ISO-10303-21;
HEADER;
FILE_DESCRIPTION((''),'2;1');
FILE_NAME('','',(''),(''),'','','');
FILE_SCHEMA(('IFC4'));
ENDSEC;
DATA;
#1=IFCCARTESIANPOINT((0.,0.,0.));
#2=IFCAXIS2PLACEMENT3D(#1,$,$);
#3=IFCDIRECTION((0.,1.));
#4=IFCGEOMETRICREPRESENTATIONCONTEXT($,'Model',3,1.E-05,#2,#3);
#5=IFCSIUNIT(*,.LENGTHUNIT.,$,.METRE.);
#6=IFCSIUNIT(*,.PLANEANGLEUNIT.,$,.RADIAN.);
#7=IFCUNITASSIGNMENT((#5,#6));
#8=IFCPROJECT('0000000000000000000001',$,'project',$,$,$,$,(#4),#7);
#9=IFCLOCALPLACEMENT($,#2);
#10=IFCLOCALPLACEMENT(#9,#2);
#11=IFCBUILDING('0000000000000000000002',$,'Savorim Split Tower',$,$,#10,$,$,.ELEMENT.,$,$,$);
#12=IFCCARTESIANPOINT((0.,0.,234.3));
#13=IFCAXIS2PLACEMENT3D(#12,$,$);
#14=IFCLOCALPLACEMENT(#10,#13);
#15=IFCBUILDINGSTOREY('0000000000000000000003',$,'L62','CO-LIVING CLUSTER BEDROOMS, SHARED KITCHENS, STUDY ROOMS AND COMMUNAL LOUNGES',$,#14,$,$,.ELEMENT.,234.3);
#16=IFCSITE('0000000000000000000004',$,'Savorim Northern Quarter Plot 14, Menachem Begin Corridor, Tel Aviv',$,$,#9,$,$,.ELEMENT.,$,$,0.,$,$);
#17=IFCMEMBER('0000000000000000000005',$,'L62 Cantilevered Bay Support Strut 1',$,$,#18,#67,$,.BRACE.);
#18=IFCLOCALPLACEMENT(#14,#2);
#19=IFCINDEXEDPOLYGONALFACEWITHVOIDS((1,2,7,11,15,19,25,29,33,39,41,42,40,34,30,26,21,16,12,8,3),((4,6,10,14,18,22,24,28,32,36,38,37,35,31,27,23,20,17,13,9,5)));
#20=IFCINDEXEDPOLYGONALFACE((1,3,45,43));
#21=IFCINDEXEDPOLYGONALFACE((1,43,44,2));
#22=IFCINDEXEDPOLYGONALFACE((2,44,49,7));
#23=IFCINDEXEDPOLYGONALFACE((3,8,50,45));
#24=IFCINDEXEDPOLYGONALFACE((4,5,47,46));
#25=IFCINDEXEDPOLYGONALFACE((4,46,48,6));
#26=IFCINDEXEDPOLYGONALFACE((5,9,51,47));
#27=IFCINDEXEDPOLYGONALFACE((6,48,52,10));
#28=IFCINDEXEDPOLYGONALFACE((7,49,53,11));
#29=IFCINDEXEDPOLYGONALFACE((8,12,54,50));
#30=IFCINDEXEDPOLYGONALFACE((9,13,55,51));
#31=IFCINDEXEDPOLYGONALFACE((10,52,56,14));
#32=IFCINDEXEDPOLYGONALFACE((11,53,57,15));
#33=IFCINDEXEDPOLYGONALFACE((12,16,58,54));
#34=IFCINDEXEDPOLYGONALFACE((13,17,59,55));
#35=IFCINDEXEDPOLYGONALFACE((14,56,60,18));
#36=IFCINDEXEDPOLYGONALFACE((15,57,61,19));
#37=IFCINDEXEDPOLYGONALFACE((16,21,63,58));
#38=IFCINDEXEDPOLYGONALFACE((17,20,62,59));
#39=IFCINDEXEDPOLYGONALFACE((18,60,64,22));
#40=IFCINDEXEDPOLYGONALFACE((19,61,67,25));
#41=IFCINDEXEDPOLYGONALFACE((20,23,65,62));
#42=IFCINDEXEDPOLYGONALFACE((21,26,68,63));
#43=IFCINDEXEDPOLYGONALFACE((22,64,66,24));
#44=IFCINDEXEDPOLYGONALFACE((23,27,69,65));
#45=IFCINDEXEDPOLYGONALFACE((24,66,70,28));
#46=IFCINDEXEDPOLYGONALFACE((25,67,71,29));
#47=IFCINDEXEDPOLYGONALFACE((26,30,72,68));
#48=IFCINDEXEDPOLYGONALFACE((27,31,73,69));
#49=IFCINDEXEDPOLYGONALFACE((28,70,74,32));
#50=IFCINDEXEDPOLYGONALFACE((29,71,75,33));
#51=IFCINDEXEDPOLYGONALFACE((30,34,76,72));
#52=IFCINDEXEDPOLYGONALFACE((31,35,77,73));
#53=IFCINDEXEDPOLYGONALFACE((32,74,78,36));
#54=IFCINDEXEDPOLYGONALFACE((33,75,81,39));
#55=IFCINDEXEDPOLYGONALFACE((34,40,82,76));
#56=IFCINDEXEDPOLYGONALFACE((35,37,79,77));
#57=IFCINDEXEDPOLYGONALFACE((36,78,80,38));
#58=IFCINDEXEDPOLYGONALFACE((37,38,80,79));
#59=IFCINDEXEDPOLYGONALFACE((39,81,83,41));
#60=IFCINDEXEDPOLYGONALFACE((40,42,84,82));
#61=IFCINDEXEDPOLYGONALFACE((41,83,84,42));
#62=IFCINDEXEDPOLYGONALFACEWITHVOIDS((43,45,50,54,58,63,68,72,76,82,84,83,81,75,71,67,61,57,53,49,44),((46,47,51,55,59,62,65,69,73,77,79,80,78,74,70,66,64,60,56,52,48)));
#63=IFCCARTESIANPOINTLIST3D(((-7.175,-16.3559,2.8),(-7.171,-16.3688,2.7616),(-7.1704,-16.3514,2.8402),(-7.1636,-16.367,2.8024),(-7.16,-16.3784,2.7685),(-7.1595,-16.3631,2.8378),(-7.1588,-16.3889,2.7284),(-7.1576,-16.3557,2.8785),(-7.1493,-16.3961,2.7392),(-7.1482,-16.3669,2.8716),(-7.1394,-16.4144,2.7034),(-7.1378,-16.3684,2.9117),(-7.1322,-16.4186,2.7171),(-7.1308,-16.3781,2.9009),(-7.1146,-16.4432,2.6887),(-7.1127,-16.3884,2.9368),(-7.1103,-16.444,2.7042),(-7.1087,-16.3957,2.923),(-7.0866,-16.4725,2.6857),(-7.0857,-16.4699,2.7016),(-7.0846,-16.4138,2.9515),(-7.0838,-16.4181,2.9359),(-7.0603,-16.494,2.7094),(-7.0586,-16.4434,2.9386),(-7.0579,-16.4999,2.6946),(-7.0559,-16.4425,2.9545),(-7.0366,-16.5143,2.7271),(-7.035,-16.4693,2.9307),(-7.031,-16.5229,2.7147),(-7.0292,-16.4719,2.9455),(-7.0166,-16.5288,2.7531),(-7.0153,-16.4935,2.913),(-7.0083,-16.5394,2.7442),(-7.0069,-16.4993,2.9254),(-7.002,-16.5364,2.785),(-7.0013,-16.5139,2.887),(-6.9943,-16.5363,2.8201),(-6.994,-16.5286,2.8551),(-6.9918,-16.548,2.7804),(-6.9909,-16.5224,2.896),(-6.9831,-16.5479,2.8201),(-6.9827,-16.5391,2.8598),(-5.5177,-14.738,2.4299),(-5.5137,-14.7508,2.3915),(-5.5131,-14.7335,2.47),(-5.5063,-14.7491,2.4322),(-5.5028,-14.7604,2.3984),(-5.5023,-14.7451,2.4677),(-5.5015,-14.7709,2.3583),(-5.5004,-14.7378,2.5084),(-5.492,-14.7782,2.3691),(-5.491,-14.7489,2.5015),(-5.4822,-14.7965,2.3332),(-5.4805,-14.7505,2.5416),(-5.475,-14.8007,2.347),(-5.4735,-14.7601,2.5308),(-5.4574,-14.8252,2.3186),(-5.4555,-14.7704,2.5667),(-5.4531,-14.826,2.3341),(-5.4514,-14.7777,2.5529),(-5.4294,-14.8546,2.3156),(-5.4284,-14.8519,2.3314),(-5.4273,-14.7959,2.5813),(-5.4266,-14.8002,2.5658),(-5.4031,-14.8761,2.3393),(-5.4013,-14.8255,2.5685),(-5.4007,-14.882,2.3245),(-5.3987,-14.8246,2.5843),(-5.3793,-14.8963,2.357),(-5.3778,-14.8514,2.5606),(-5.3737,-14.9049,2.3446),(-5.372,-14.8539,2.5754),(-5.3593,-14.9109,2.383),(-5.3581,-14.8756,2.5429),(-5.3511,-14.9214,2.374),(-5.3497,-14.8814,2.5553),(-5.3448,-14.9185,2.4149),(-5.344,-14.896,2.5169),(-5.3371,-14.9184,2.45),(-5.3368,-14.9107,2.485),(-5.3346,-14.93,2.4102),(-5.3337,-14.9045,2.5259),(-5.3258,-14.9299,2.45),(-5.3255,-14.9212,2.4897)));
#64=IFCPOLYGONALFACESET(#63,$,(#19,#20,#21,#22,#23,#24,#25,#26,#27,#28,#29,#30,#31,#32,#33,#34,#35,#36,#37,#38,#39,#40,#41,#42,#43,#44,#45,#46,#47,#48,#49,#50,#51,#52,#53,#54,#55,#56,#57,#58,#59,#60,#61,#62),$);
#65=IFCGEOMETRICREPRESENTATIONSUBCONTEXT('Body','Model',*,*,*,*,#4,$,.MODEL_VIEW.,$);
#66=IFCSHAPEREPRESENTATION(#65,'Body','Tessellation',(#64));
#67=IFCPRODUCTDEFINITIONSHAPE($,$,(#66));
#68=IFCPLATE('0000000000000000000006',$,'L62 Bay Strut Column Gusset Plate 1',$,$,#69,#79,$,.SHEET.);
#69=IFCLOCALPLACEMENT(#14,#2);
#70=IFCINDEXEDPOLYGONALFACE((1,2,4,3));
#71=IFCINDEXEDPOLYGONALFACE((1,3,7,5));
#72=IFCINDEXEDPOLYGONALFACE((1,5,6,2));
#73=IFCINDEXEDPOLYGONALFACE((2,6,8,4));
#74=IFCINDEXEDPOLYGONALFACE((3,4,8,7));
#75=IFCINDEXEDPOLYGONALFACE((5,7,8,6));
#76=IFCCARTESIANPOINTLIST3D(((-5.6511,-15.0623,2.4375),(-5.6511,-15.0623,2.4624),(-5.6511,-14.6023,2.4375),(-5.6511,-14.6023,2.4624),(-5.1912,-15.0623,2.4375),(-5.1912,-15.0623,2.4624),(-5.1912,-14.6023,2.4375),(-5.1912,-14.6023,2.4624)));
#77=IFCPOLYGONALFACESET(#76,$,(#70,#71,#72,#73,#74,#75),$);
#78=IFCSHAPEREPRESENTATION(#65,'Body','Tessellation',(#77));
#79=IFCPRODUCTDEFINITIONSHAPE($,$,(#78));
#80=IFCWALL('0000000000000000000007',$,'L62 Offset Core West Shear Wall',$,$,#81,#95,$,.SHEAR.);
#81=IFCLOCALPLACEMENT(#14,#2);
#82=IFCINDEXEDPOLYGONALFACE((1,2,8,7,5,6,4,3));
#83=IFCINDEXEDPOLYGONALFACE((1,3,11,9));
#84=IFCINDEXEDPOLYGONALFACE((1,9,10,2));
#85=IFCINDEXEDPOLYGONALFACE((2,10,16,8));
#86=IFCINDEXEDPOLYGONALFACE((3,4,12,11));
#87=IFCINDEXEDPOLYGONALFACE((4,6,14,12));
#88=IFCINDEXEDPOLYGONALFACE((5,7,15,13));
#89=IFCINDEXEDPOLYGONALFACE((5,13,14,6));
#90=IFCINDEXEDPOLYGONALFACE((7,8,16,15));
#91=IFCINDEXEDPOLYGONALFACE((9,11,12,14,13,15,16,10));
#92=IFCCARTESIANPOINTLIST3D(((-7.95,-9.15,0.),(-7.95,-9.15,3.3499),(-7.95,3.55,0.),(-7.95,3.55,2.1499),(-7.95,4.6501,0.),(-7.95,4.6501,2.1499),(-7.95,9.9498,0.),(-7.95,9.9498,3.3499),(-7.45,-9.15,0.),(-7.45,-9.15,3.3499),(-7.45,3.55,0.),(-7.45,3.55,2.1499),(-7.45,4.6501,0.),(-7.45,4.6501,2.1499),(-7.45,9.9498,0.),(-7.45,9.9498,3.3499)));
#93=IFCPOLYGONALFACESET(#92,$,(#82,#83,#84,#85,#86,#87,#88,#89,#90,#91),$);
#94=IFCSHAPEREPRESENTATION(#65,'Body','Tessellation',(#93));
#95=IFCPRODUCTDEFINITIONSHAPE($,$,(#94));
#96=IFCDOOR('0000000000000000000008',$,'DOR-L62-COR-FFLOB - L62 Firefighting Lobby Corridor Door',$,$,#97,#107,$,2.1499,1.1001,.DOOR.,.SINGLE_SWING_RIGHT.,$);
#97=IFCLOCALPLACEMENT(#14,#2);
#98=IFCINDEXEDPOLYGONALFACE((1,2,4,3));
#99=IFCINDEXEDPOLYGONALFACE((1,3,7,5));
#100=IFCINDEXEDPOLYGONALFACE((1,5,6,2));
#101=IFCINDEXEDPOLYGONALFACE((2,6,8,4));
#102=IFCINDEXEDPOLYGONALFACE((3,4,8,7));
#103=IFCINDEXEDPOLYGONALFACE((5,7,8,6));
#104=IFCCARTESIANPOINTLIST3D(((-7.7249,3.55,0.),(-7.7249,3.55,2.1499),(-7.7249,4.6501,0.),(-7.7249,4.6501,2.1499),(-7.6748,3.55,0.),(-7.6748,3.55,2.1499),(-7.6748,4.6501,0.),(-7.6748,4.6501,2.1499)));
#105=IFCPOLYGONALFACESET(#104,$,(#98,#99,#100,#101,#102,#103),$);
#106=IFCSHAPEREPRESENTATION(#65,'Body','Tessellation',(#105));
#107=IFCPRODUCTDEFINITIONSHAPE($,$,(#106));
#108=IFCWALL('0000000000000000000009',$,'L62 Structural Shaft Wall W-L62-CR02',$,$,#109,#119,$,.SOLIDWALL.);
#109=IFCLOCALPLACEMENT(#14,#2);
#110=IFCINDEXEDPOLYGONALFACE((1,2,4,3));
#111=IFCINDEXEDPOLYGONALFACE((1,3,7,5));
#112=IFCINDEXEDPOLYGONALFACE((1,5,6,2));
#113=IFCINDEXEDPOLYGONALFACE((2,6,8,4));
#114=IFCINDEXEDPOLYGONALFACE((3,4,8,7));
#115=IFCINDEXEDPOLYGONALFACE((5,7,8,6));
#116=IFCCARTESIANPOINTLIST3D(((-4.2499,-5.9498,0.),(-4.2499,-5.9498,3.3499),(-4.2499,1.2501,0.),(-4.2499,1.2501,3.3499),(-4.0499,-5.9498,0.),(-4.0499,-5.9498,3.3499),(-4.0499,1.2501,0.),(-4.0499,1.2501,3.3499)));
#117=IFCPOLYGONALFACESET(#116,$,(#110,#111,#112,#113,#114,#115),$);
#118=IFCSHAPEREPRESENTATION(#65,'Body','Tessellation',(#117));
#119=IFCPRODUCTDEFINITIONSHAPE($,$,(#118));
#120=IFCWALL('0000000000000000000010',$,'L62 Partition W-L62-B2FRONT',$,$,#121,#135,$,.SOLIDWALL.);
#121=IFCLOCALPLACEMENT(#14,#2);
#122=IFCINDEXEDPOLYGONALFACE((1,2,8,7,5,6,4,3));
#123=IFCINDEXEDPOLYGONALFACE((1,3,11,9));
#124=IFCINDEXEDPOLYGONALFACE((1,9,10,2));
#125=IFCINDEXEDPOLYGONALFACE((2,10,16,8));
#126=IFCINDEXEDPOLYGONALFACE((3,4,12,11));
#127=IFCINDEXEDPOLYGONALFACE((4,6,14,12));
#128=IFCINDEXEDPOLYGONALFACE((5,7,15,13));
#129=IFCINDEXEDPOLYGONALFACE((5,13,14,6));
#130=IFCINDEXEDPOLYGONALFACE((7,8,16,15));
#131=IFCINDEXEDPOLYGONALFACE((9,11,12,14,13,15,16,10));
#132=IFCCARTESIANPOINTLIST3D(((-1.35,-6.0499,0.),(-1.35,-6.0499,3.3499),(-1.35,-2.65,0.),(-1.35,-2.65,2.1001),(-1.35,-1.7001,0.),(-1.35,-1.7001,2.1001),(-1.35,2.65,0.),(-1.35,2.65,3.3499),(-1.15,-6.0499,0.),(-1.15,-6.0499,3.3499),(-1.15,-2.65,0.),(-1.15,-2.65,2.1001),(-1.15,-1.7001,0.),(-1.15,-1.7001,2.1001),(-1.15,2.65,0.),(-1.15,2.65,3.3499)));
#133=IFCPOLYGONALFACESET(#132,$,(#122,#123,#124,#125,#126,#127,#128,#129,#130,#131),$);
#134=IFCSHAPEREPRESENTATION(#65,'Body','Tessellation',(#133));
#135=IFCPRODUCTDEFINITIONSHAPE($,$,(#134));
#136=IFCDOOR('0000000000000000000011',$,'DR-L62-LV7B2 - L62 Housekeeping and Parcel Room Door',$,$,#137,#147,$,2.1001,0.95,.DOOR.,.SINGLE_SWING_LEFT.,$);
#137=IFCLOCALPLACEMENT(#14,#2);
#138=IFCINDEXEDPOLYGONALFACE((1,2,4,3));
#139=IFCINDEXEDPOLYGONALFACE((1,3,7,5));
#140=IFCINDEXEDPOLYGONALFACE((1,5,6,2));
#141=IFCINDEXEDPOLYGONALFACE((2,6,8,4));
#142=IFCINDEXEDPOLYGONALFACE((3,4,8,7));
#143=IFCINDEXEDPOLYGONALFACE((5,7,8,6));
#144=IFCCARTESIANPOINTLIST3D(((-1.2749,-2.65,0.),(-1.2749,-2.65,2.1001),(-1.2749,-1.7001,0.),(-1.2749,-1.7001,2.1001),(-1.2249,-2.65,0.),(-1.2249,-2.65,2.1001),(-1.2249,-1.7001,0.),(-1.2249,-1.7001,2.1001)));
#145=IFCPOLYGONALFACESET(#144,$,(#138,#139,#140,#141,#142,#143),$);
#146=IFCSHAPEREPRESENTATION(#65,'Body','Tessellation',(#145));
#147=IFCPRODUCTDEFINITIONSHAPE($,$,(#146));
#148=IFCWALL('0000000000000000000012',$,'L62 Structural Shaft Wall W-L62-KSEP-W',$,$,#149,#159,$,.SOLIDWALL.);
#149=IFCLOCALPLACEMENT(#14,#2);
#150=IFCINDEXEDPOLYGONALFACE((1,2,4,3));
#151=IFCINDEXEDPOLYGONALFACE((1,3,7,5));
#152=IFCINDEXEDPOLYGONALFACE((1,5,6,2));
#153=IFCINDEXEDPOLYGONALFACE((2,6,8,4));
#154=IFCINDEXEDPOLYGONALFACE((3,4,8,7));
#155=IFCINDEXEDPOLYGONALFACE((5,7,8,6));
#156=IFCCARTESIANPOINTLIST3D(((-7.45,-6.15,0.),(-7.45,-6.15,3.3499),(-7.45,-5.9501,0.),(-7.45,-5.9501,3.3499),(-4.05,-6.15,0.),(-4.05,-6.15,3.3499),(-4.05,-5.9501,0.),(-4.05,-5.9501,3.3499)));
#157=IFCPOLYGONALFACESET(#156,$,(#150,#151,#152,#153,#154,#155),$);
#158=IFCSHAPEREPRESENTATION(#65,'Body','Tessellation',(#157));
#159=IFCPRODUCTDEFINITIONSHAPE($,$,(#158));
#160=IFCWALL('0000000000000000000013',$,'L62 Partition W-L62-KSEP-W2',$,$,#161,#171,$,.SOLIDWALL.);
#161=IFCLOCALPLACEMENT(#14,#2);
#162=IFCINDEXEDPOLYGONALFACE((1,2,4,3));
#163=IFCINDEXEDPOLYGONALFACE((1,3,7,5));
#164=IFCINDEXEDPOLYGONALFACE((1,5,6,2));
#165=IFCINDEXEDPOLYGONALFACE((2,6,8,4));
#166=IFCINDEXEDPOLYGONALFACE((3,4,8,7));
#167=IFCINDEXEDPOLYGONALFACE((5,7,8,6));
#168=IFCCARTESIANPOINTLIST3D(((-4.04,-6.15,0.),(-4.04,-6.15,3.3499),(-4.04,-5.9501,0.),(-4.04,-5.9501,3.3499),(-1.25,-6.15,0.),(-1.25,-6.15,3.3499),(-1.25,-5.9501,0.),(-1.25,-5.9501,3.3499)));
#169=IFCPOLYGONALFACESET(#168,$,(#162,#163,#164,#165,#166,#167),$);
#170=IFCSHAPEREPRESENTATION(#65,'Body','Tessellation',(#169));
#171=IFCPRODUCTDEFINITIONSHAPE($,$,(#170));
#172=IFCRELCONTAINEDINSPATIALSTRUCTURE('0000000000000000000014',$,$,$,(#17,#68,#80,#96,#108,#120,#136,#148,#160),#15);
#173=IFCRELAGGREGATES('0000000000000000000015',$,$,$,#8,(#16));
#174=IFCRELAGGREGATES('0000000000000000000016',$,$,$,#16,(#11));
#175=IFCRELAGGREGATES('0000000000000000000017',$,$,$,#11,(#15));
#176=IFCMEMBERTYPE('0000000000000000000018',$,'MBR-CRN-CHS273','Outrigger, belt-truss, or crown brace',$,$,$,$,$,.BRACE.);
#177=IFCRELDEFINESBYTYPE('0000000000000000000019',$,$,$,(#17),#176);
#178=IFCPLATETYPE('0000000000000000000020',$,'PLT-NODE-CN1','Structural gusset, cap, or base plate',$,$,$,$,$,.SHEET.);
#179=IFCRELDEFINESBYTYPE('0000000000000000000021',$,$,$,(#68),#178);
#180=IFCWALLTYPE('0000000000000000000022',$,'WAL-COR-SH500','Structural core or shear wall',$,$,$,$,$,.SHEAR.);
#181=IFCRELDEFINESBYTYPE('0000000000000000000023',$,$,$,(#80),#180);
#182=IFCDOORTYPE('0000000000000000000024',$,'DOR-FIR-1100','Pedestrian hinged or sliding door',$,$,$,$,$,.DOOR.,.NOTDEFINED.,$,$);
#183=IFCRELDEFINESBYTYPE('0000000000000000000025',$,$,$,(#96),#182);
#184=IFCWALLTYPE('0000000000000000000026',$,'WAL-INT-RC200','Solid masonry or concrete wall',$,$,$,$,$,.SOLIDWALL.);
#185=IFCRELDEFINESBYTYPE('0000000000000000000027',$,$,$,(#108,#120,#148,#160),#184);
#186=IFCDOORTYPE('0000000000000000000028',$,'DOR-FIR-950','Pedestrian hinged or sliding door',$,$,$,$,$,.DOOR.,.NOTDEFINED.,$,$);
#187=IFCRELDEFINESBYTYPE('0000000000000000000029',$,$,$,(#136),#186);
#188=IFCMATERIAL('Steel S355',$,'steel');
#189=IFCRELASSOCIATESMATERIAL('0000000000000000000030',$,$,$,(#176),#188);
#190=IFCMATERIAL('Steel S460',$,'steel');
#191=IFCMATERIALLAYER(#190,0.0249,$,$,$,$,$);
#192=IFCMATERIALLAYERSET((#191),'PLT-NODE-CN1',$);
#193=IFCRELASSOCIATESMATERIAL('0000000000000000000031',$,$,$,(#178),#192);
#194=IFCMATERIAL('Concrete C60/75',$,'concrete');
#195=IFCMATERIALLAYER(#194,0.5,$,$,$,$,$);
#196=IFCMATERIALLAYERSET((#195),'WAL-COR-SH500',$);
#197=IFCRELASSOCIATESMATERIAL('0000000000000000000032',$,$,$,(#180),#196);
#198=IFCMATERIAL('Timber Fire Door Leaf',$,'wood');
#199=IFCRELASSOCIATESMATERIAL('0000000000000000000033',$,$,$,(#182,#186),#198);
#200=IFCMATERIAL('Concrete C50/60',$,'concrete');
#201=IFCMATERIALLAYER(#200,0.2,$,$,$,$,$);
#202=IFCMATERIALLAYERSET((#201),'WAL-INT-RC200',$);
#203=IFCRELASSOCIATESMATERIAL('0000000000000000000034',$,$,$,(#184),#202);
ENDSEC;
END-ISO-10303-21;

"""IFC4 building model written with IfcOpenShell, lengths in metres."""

from ifc_helpers import new_model, si_unit, direction, frame, frame_2d, origin, origin_2d, place, context, subcontext, project, spatial, rectangle, hollow_circle, extrude, material, layer, layer_set, material_profile, profile_set, type_object, element, fill, save


model = new_model("IFC4")

# Units and contexts
model_context = context("Model", 3, precision=1e-05, world=origin(), true_north=direction((0.0, 1.0)))
body_context = subcontext(model_context, "Body", "Model", "MODEL_VIEW")
ifc_project = project(units=[si_unit("LENGTHUNIT", "METRE"), si_unit("PLANEANGLEUNIT", "RADIAN")], contexts=[model_context])

# Site, building, storey
site_placement = place(None, origin())
site = spatial("IfcSite", under=ifc_project, at=site_placement, Name="Savorim Northern Quarter Plot 14, Menachem Begin Corridor, Tel Aviv", CompositionType="ELEMENT", RefElevation=0.0)
building_placement = place(site_placement, origin())
building = spatial("IfcBuilding", under=site, at=building_placement, Name="Savorim Split Tower", CompositionType="ELEMENT")
storey_placement = place(building_placement, frame((0.0, 0.0, 234.3)))
storey = spatial("IfcBuildingStorey", under=building, at=storey_placement, Name="L62", Description="CO-LIVING CLUSTER BEDROOMS, SHARED KITCHENS, STUDY ROOMS AND COMMUNAL LOUNGES", CompositionType="ELEMENT", Elevation=234.3)

# Shared definitions
ifc_material_1 = material(Name="Steel S355", Category="steel")

# Member
ifc_material_profile_1 = material_profile(ifc_material_1, hollow_circle(Radius=0.1365, WallThickness=0.0161, at=origin_2d()), Name="CHS 273x16")
ifc_profile_set_1 = profile_set([ifc_material_profile_1], Name="Steel S355")
member_type = type_object("IfcMemberType", Name="MBR-CRN-CHS273", Description="Outrigger, belt-truss, or crown brace", PredefinedType="BRACE", material=ifc_profile_set_1)
member_placement = place(storey_placement, frame((-5.4211, -14.8323, 2.45), z_axis=(-0.706576, -0.689817, 0.157803), x_axis=(0.69857, -0.715542, 0.0)))
element("IfcMember", 1, at=member_placement, inside=storey, type_object=member_type, Name="L62 Cantilevered Bay Support Strut 1", PredefinedType="BRACE", context=body_context, shape_type="SweptSolid", body=[
    extrude(hollow_circle(Radius=0.1365, WallThickness=0.0161, at=origin_2d()), origin(), (0.0, 0.0, 1.0), 2.3455),
])

# Plate
ifc_material_2 = material(Name="Steel S460", Category="steel")
ifc_layer_1 = layer(ifc_material_2, 0.0249)
ifc_layer_set_1 = layer_set([ifc_layer_1], Name="PLT-NODE-CN1")
plate_type = type_object("IfcPlateType", Name="PLT-NODE-CN1", Description="Structural gusset, cap, or base plate", PredefinedType="SHEET", material=ifc_layer_set_1)
plate_placement = place(storey_placement, frame((-5.4211, -14.8323, 2.4375), z_axis=(0.0, 0.0, 1.0), x_axis=(1.0, 0.0, 0.0)))
element("IfcPlate", 2, at=plate_placement, inside=storey, type_object=plate_type, Name="L62 Bay Strut Column Gusset Plate 1", PredefinedType="SHEET", context=body_context, shape_type="SweptSolid", body=[
    extrude(rectangle(XDim=0.46, YDim=0.46, at=origin_2d()), origin(), (0.0, 0.0, 1.0), 0.0249),
])

# Wall, opening, door
ifc_material_3 = material(Name="Concrete C60/75", Category="concrete")
ifc_layer_2 = layer(ifc_material_3, 0.5)
ifc_layer_set_2 = layer_set([ifc_layer_2], Name="WAL-COR-SH500")
wall_type_1 = type_object("IfcWallType", Name="WAL-COR-SH500", Description="Structural core or shear wall", PredefinedType="SHEAR", material=ifc_layer_set_2)
wall_1_placement = place(storey_placement, frame((-7.7, -9.1499, 0.0), z_axis=(0.0, 0.0, 1.0), x_axis=(0.0, 1.0, 0.0)))
wall_1 = element("IfcWall", 3, at=wall_1_placement, inside=storey, type_object=wall_type_1, Name="L62 Offset Core West Shear Wall", PredefinedType="SHEAR", context=body_context, shape_type="SweptSolid", body=[
    extrude(rectangle(XDim=19.0999, YDim=0.5, at=frame_2d((9.5498, 0.0))), origin(), (0.0, 0.0, 1.0), 3.3499),
])
opening_1_placement = place(wall_1_placement, frame((12.7, 0.0, 0.0)))
opening_1 = element("IfcOpeningElement", 4, at=opening_1_placement, cuts=wall_1, PredefinedType="OPENING", context=body_context, shape_type="SweptSolid", body=[
    extrude(rectangle(XDim=1.1001, YDim=2.1499, at=frame_2d((0.55, 1.075))), frame((0.0, 0.26, 0.0), z_axis=(0.0, -1.0, 0.0), x_axis=(1.0, 0.0, 0.0)), (0.0, 0.0, 1.0), 0.52),
])
ifc_material_4 = material(Name="Timber Fire Door Leaf", Category="wood")
door_type_1 = type_object("IfcDoorType", Name="DOR-FIR-1100", Description="Pedestrian hinged or sliding door", OperationType="NOTDEFINED", PredefinedType="DOOR", material=ifc_material_4)
door_1_placement = place(opening_1_placement, origin())
door_1 = element("IfcDoor", 5, at=door_1_placement, inside=storey, type_object=door_type_1, Name="DOR-L62-COR-FFLOB - L62 Firefighting Lobby Corridor Door", OperationType="SINGLE_SWING_RIGHT", OverallHeight=2.1499, OverallWidth=1.1001, PredefinedType="DOOR", context=body_context, shape_type="SweptSolid", body=[
    extrude(rectangle(XDim=1.1001, YDim=2.1499, at=frame_2d((0.55, 1.075))), frame((0.0, 0.0249, 0.0), z_axis=(0.0, -1.0, 0.0), x_axis=(1.0, 0.0, 0.0)), (0.0, 0.0, 1.0), 0.05),
])
fill(opening_1, door_1)

# Wall
ifc_material_5 = material(Name="Concrete C50/60", Category="concrete")
ifc_layer_3 = layer(ifc_material_5, 0.2)
ifc_layer_set_3 = layer_set([ifc_layer_3], Name="WAL-INT-RC200")
wall_type_2 = type_object("IfcWallType", Name="WAL-INT-RC200", Description="Solid masonry or concrete wall", PredefinedType="SOLIDWALL", material=ifc_layer_set_3)
wall_2_placement = place(storey_placement, frame((-4.1499, -5.95, 0.0), z_axis=(0.0, 0.0, 1.0), x_axis=(0.0, 1.0, 0.0)))
element("IfcWall", 6, at=wall_2_placement, inside=storey, type_object=wall_type_2, Name="L62 Structural Shaft Wall W-L62-CR02", PredefinedType="SOLIDWALL", context=body_context, shape_type="SweptSolid", body=[
    extrude(rectangle(XDim=7.2, YDim=0.2, at=frame_2d((3.6001, 0.0))), origin(), (0.0, 0.0, 1.0), 3.3499),
])

# Wall, opening, door
wall_3_placement = place(storey_placement, frame((-1.25, -6.05, 0.0), z_axis=(0.0, 0.0, 1.0), x_axis=(0.0, 1.0, 0.0)))
wall_3 = element("IfcWall", 7, at=wall_3_placement, inside=storey, type_object=wall_type_2, Name="L62 Partition W-L62-B2FRONT", PredefinedType="SOLIDWALL", context=body_context, shape_type="SweptSolid", body=[
    extrude(rectangle(XDim=8.7, YDim=0.2, at=frame_2d((4.3501, 0.0))), origin(), (0.0, 0.0, 1.0), 3.3499),
])
opening_2_placement = place(wall_3_placement, frame((3.3999, 0.0, 0.0)))
opening_2 = element("IfcOpeningElement", 8, at=opening_2_placement, cuts=wall_3, PredefinedType="OPENING", context=body_context, shape_type="SweptSolid", body=[
    extrude(rectangle(XDim=0.95, YDim=2.1001, at=frame_2d((0.4751, 1.05))), frame((0.0, 0.1099, 0.0), z_axis=(0.0, -1.0, 0.0), x_axis=(1.0, 0.0, 0.0)), (0.0, 0.0, 1.0), 0.22),
])
door_type_2 = type_object("IfcDoorType", Name="DOR-FIR-950", Description="Pedestrian hinged or sliding door", OperationType="NOTDEFINED", PredefinedType="DOOR", material=ifc_material_4)
door_2_placement = place(opening_2_placement, origin())
door_2 = element("IfcDoor", 9, at=door_2_placement, inside=storey, type_object=door_type_2, Name="DR-L62-LV7B2 - L62 Housekeeping and Parcel Room Door", OperationType="SINGLE_SWING_LEFT", OverallHeight=2.1001, OverallWidth=0.95, PredefinedType="DOOR", context=body_context, shape_type="SweptSolid", body=[
    extrude(rectangle(XDim=0.95, YDim=2.1001, at=frame_2d((0.4751, 1.05))), frame((0.0, 0.0249, 0.0), z_axis=(0.0, -1.0, 0.0), x_axis=(1.0, 0.0, 0.0)), (0.0, 0.0, 1.0), 0.05),
])
fill(opening_2, door_2)

# Walls
wall_4_placement = place(storey_placement, frame((-7.45, -6.05, 0.0), z_axis=(0.0, 0.0, 1.0), x_axis=(1.0, 0.0, 0.0)))
element("IfcWall", 10, at=wall_4_placement, inside=storey, type_object=wall_type_2, Name="L62 Structural Shaft Wall W-L62-KSEP-W", PredefinedType="SOLIDWALL", context=body_context, shape_type="SweptSolid", body=[
    extrude(rectangle(XDim=3.3999, YDim=0.2, at=frame_2d((1.7, 0.0))), origin(), (0.0, 0.0, 1.0), 3.3499),
])
wall_5_placement = place(storey_placement, frame((-4.04, -6.05, 0.0), z_axis=(0.0, 0.0, 1.0), x_axis=(1.0, 0.0, 0.0)))
element("IfcWall", 11, at=wall_5_placement, inside=storey, type_object=wall_type_2, Name="L62 Partition W-L62-KSEP-W2", PredefinedType="SOLIDWALL", context=body_context, shape_type="SweptSolid", body=[
    extrude(rectangle(XDim=2.79, YDim=0.2, at=frame_2d((1.395, 0.0))), origin(), (0.0, 0.0, 1.0), 3.3499),
])

save(model, "model.ifc")
